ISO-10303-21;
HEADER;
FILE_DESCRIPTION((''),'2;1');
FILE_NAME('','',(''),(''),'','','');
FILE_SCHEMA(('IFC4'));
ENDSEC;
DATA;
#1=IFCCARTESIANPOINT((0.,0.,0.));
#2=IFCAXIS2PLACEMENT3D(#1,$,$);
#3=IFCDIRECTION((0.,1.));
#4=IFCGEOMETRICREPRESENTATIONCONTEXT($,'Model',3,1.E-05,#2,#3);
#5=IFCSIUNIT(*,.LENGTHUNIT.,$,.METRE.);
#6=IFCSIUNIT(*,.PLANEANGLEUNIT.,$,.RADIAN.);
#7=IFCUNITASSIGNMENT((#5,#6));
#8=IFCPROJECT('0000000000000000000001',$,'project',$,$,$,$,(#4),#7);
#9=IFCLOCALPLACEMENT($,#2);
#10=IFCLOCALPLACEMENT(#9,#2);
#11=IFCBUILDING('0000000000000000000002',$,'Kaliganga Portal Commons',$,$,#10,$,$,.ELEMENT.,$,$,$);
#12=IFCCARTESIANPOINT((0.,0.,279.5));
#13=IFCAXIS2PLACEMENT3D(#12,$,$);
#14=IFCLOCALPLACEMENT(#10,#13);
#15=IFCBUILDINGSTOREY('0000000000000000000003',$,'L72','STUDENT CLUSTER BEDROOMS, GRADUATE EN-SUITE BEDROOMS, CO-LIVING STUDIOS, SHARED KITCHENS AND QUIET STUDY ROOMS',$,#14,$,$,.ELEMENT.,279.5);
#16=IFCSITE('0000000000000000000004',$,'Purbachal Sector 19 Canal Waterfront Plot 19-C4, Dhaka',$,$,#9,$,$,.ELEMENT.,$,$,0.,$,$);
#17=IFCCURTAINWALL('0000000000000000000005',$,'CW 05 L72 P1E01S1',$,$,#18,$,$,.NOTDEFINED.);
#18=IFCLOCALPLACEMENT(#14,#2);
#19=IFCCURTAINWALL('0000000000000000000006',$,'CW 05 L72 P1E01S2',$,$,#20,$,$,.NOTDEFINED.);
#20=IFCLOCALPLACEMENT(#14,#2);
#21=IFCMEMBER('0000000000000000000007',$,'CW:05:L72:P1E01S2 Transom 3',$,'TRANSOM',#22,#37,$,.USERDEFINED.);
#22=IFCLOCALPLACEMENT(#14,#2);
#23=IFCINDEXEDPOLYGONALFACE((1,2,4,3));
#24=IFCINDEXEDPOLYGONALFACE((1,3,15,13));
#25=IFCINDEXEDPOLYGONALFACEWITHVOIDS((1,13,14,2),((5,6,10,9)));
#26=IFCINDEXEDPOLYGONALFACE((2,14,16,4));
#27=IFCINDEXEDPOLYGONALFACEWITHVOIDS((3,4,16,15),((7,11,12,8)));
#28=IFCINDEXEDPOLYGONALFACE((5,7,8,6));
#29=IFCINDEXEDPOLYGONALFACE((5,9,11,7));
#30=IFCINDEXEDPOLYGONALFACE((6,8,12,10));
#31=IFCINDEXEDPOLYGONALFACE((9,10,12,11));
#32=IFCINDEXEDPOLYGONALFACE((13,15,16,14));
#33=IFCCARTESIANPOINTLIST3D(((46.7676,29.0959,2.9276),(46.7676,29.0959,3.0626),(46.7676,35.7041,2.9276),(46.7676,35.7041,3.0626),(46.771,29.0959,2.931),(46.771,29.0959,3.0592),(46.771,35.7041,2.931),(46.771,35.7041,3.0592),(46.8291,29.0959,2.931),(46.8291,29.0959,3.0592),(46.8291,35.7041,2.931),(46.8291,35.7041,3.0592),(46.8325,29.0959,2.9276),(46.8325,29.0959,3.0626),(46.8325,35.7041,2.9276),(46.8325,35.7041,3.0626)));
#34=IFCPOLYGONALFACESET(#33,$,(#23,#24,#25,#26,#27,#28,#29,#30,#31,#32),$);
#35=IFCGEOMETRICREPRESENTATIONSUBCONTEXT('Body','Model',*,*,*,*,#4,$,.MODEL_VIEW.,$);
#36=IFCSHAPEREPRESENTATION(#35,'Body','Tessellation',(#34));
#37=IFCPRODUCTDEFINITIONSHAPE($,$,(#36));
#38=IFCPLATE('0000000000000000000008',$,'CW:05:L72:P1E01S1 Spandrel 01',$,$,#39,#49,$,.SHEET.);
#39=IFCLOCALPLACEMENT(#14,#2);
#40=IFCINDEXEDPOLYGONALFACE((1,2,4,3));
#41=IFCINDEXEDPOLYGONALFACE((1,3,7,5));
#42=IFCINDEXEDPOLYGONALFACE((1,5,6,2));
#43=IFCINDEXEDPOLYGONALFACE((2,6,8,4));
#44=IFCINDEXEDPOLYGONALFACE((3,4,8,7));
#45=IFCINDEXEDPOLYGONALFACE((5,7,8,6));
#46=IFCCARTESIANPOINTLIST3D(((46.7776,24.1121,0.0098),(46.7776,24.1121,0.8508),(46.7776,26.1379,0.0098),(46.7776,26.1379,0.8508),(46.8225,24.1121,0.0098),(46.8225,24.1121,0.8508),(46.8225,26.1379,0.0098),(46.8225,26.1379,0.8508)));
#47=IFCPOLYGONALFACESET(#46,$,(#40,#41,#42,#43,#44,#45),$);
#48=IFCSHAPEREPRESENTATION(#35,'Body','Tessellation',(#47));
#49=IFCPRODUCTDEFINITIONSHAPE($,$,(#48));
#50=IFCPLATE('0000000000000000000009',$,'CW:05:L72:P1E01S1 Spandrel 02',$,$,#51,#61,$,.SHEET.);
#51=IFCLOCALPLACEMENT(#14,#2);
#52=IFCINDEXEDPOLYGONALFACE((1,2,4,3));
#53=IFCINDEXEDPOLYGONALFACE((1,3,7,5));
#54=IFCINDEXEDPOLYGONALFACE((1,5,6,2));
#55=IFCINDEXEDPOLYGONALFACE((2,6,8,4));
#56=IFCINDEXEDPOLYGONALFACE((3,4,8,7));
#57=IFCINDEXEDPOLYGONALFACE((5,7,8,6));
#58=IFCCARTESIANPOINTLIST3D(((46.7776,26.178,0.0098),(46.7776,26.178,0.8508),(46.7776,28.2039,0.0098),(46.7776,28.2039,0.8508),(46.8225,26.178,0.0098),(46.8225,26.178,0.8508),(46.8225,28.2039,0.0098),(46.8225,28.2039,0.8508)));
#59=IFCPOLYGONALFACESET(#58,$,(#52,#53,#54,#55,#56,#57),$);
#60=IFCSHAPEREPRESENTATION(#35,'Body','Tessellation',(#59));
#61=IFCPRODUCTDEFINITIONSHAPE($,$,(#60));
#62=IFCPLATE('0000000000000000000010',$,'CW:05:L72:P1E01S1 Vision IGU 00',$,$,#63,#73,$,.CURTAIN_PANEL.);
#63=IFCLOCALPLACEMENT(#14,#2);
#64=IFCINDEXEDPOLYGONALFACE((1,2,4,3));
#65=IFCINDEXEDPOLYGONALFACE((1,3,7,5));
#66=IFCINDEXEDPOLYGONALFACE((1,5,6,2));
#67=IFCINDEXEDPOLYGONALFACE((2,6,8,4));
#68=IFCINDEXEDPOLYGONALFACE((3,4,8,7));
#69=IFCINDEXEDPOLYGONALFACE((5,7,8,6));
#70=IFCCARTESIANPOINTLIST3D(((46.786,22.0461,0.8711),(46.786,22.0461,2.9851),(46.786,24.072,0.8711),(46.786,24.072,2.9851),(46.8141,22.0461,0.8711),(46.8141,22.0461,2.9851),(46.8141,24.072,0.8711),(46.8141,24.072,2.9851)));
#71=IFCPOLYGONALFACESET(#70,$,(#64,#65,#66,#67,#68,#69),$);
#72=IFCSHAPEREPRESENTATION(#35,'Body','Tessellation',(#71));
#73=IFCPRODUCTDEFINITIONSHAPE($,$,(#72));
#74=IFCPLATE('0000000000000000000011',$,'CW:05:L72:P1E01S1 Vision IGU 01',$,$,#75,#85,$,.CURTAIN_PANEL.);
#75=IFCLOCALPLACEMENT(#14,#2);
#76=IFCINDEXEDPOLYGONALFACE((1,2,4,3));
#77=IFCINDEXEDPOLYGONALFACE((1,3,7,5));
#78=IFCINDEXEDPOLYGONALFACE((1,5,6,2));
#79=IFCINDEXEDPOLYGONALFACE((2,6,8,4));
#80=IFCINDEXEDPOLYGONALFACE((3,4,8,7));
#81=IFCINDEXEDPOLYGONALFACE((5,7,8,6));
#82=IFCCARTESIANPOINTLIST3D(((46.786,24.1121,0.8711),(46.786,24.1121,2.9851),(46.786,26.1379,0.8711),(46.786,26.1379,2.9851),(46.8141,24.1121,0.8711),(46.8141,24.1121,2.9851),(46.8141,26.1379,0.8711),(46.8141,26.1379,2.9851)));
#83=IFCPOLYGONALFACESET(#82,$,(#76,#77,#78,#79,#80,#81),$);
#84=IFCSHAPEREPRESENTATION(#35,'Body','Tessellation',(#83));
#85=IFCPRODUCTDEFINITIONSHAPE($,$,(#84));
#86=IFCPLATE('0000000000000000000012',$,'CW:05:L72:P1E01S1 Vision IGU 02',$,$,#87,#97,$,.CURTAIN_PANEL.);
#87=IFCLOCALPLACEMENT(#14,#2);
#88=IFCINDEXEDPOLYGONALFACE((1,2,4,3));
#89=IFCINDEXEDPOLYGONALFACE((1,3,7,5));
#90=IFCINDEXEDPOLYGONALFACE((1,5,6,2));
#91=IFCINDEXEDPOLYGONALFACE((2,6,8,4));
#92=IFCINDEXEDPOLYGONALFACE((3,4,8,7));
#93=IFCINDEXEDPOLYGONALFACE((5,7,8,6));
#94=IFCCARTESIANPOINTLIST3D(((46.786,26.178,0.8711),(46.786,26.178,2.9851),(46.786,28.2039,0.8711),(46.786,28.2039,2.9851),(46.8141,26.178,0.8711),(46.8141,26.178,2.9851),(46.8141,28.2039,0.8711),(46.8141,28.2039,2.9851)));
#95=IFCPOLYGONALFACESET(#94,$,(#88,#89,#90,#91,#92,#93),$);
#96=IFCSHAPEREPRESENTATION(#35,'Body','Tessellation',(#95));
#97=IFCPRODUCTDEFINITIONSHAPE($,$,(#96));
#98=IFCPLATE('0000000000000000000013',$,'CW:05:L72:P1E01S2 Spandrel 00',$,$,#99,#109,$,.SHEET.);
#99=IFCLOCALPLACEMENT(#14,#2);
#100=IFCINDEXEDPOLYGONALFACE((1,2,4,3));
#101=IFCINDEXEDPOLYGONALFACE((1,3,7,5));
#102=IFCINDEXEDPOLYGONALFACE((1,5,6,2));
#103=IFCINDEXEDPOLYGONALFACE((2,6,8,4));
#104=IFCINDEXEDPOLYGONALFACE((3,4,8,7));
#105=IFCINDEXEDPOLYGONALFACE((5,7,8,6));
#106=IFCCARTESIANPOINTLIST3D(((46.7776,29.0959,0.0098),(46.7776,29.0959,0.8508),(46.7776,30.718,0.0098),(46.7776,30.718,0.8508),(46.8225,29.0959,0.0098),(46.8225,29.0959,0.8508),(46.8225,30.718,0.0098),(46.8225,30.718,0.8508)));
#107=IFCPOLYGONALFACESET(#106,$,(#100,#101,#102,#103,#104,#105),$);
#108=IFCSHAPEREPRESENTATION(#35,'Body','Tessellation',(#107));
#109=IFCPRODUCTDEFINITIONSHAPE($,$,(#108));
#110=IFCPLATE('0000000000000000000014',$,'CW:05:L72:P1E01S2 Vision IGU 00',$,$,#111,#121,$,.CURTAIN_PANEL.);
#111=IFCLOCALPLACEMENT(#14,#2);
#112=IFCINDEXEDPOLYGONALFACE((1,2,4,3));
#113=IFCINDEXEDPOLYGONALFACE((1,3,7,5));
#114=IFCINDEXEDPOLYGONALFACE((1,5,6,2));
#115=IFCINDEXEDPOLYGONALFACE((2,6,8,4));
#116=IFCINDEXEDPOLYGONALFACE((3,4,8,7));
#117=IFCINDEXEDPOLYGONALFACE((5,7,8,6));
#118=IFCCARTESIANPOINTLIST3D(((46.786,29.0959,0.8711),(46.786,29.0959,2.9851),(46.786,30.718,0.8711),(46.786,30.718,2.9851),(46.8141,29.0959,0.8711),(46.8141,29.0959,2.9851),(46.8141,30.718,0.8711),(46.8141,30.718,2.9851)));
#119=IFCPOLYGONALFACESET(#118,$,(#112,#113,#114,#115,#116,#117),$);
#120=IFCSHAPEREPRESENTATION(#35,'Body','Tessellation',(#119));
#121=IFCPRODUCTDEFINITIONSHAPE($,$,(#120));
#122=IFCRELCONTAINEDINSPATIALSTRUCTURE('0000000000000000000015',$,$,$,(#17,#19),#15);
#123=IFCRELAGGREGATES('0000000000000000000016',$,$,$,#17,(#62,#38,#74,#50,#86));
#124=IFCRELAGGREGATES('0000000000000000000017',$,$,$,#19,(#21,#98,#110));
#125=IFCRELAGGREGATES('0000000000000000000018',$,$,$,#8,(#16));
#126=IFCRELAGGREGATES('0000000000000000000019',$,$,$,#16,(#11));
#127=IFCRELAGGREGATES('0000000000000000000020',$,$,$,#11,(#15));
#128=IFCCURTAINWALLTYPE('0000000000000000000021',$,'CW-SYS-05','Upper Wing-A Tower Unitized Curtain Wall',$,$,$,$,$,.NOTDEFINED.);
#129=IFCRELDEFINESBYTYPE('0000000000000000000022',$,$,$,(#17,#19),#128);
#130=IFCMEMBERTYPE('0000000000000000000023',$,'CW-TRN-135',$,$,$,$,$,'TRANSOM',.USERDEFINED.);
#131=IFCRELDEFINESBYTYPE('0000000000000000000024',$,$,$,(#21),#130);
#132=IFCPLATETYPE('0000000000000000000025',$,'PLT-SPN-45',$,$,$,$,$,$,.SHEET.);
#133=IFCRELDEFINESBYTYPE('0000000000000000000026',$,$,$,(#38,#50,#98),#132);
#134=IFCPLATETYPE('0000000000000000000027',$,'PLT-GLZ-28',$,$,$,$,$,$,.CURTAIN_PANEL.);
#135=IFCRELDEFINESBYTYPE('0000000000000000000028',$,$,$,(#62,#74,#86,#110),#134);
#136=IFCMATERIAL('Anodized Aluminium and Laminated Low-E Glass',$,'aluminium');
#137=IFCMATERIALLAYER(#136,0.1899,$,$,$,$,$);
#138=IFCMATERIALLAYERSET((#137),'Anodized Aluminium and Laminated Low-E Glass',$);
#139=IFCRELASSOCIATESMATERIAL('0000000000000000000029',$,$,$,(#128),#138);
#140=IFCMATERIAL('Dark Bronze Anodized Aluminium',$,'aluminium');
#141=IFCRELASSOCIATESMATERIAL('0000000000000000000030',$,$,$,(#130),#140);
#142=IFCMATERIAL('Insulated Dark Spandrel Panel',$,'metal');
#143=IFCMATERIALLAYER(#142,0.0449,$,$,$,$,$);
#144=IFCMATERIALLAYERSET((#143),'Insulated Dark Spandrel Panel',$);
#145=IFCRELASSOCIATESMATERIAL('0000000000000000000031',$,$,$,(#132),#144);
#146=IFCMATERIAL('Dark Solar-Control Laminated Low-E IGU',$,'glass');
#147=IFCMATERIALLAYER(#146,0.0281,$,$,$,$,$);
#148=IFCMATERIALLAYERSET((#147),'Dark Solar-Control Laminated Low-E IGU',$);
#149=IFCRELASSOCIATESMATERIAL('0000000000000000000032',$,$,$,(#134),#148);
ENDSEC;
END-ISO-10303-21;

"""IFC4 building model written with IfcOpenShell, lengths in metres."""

from ifc_helpers import new_model, si_unit, direction, frame, origin, origin_2d, place, context, subcontext, project, spatial, rectangle, hollow_rectangle, extrude, source, transform, mapped, material, layer, layer_set, material_profile, profile_set, type_object, element, aggregate, save


model = new_model("IFC4")

# Units and contexts
model_context = context("Model", 3, precision=1e-05, world=origin(), true_north=direction((0.0, 1.0)))
body_context = subcontext(model_context, "Body", "Model", "MODEL_VIEW")
ifc_project = project(units=[si_unit("LENGTHUNIT", "METRE"), si_unit("PLANEANGLEUNIT", "RADIAN")], contexts=[model_context])

# Site, building, storey
site_placement = place(None, origin())
site = spatial("IfcSite", under=ifc_project, at=site_placement, Name="Purbachal Sector 19 Canal Waterfront Plot 19-C4, Dhaka", CompositionType="ELEMENT", RefElevation=0.0)
building_placement = place(site_placement, origin())
building = spatial("IfcBuilding", under=site, at=building_placement, Name="Kaliganga Portal Commons", CompositionType="ELEMENT")
storey_placement = place(building_placement, frame((0.0, 0.0, 279.5)))
storey = spatial("IfcBuildingStorey", under=building, at=storey_placement, Name="L72", Description="STUDENT CLUSTER BEDROOMS, GRADUATE EN-SUITE BEDROOMS, CO-LIVING STUDIOS, SHARED KITCHENS AND QUIET STUDY ROOMS", CompositionType="ELEMENT", Elevation=279.5)

# Curtain walls, member
ifc_material_1 = material(Name="Anodized Aluminium and Laminated Low-E Glass", Category="aluminium")
ifc_layer_1 = layer(ifc_material_1, 0.1899)
ifc_layer_set_1 = layer_set([ifc_layer_1], Name="Anodized Aluminium and Laminated Low-E Glass")
curtain_wall_type = type_object("IfcCurtainWallType", Name="CW-SYS-05", Description="Upper Wing-A Tower Unitized Curtain Wall", PredefinedType="NOTDEFINED", material=ifc_layer_set_1)
curtain_wall_1_placement = place(storey_placement, origin())
curtain_wall_1 = element("IfcCurtainWall", 1, at=curtain_wall_1_placement, inside=storey, type_object=curtain_wall_type, Name="CW 05 L72 P1E01S1", PredefinedType="NOTDEFINED")
ifc_material_2 = material(Name="Dark Bronze Anodized Aluminium", Category="aluminium")
curtain_wall_2_placement = place(storey_placement, origin())
curtain_wall_2 = element("IfcCurtainWall", 2, at=curtain_wall_2_placement, inside=storey, type_object=curtain_wall_type, Name="CW 05 L72 P1E01S2", PredefinedType="NOTDEFINED")
ifc_material_profile_1 = material_profile(ifc_material_2, hollow_rectangle(XDim=0.0649, YDim=0.135, WallThickness=0.0034, at=origin_2d()), Name="ALU TRAN 65x135x3.5")
ifc_profile_set_1 = profile_set([ifc_material_profile_1], Name="Dark Bronze Anodized Aluminium")
member_type_1 = type_object("IfcMemberType", Name="CW-TRN-135", ElementType="TRANSOM", PredefinedType="USERDEFINED", material=ifc_profile_set_1)
shared_shape_1 = source(origin(), body_context, "Body", "SweptSolid", [
    extrude(hollow_rectangle(XDim=0.0649, YDim=0.135, WallThickness=0.0034, at=origin_2d()), origin(), (0.0, 0.0, 1.0), 6.6082),
])
member_1_placement = place(storey_placement, frame((46.8, 29.0959, 2.9951), z_axis=(0.0, 1.0, 0.0), x_axis=(-1.0, 0.0, 0.0)))
member_1 = element("IfcMember", 3, at=member_1_placement, type_object=member_type_1, Name="CW:05:L72:P1E01S2 Transom 3", ObjectType="TRANSOM", PredefinedType="USERDEFINED", context=body_context, shape_type="MappedRepresentation", body=[
    mapped(shared_shape_1, transform((0.0, 0.0, 0.0), x_axis=(1.0, 0.0, 0.0), y_axis=(0.0, 1.0, 0.0), z_axis=(0.0, 0.0, 1.0), scale=1.0)),
])

# Plates
ifc_material_3 = material(Name="Insulated Dark Spandrel Panel", Category="metal")
ifc_layer_2 = layer(ifc_material_3, 0.0449)
ifc_layer_set_2 = layer_set([ifc_layer_2], Name="Insulated Dark Spandrel Panel")
plate_type_1 = type_object("IfcPlateType", Name="PLT-SPN-45", PredefinedType="SHEET", material=ifc_layer_set_2)
shared_shape_2 = source(origin(), body_context, "Body", "SweptSolid", [
    extrude(rectangle(XDim=2.0259, YDim=0.0449, at=origin_2d()), origin(), (0.0, 0.0, 1.0), 0.8411),
])
plate_1_placement = place(storey_placement, frame((46.8, 25.125, 0.0098), z_axis=(0.0, 0.0, 1.0), x_axis=(0.0, 1.0, 0.0)))
plate_1 = element("IfcPlate", 4, at=plate_1_placement, type_object=plate_type_1, Name="CW:05:L72:P1E01S1 Spandrel 01", PredefinedType="SHEET", context=body_context, shape_type="MappedRepresentation", body=[
    mapped(shared_shape_2, transform((0.0, 0.0, 0.0), x_axis=(1.0, 0.0, 0.0), y_axis=(0.0, 1.0, 0.0), z_axis=(0.0, 0.0, 1.0), scale=1.0)),
])
plate_2_placement = place(storey_placement, frame((46.8, 27.1909, 0.0098), z_axis=(0.0, 0.0, 1.0), x_axis=(0.0, 1.0, 0.0)))
plate_2 = element("IfcPlate", 5, at=plate_2_placement, type_object=plate_type_1, Name="CW:05:L72:P1E01S1 Spandrel 02", PredefinedType="SHEET", context=body_context, shape_type="MappedRepresentation", body=[
    mapped(shared_shape_2, transform((0.0, 0.0, 0.0), x_axis=(1.0, 0.0, 0.0), y_axis=(0.0, 1.0, 0.0), z_axis=(0.0, 0.0, 1.0), scale=1.0)),
])
ifc_material_4 = material(Name="Dark Solar-Control Laminated Low-E IGU", Category="glass")
ifc_layer_3 = layer(ifc_material_4, 0.0281)
ifc_layer_set_3 = layer_set([ifc_layer_3], Name="Dark Solar-Control Laminated Low-E IGU")
plate_type_2 = type_object("IfcPlateType", Name="PLT-GLZ-28", PredefinedType="CURTAIN_PANEL", material=ifc_layer_set_3)
shared_shape_3 = source(origin(), body_context, "Body", "SweptSolid", [
    extrude(rectangle(XDim=2.0259, YDim=0.0281, at=origin_2d()), origin(), (0.0, 0.0, 1.0), 2.114),
])
plate_3_placement = place(storey_placement, frame((46.8, 23.0591, 0.8711), z_axis=(0.0, 0.0, 1.0), x_axis=(0.0, 1.0, 0.0)))
plate_3 = element("IfcPlate", 6, at=plate_3_placement, type_object=plate_type_2, Name="CW:05:L72:P1E01S1 Vision IGU 00", PredefinedType="CURTAIN_PANEL", context=body_context, shape_type="MappedRepresentation", body=[
    mapped(shared_shape_3, transform((0.0, 0.0, 0.0), x_axis=(1.0, 0.0, 0.0), y_axis=(0.0, 1.0, 0.0), z_axis=(0.0, 0.0, 1.0), scale=1.0)),
])
plate_4_placement = place(storey_placement, frame((46.8, 25.125, 0.8711), z_axis=(0.0, 0.0, 1.0), x_axis=(0.0, 1.0, 0.0)))
plate_4 = element("IfcPlate", 7, at=plate_4_placement, type_object=plate_type_2, Name="CW:05:L72:P1E01S1 Vision IGU 01", PredefinedType="CURTAIN_PANEL", context=body_context, shape_type="MappedRepresentation", body=[
    mapped(shared_shape_3, transform((0.0, 0.0, 0.0), x_axis=(1.0, 0.0, 0.0), y_axis=(0.0, 1.0, 0.0), z_axis=(0.0, 0.0, 1.0), scale=1.0)),
])
plate_5_placement = place(storey_placement, frame((46.8, 27.1909, 0.8711), z_axis=(0.0, 0.0, 1.0), x_axis=(0.0, 1.0, 0.0)))
plate_5 = element("IfcPlate", 8, at=plate_5_placement, type_object=plate_type_2, Name="CW:05:L72:P1E01S1 Vision IGU 02", PredefinedType="CURTAIN_PANEL", context=body_context, shape_type="MappedRepresentation", body=[
    mapped(shared_shape_3, transform((0.0, 0.0, 0.0), x_axis=(1.0, 0.0, 0.0), y_axis=(0.0, 1.0, 0.0), z_axis=(0.0, 0.0, 1.0), scale=1.0)),
])
aggregate(curtain_wall_1, [plate_3, plate_1, plate_4, plate_2, plate_5])
shared_shape_4 = source(origin(), body_context, "Body", "SweptSolid", [
    extrude(rectangle(XDim=1.6221, YDim=0.0449, at=origin_2d()), origin(), (0.0, 0.0, 1.0), 0.8411),
])
plate_6_placement = place(storey_placement, frame((46.8, 29.907, 0.0098), z_axis=(0.0, 0.0, 1.0), x_axis=(0.0, 1.0, 0.0)))
plate_6 = element("IfcPlate", 9, at=plate_6_placement, type_object=plate_type_1, Name="CW:05:L72:P1E01S2 Spandrel 00", PredefinedType="SHEET", context=body_context, shape_type="MappedRepresentation", body=[
    mapped(shared_shape_4, transform((0.0, 0.0, 0.0), x_axis=(1.0, 0.0, 0.0), y_axis=(0.0, 1.0, 0.0), z_axis=(0.0, 0.0, 1.0), scale=1.0)),
])
shared_shape_5 = source(origin(), body_context, "Body", "SweptSolid", [
    extrude(rectangle(XDim=1.6221, YDim=0.0281, at=origin_2d()), origin(), (0.0, 0.0, 1.0), 2.114),
])
plate_7_placement = place(storey_placement, frame((46.8, 29.907, 0.8711), z_axis=(0.0, 0.0, 1.0), x_axis=(0.0, 1.0, 0.0)))
plate_7 = element("IfcPlate", 10, at=plate_7_placement, type_object=plate_type_2, Name="CW:05:L72:P1E01S2 Vision IGU 00", PredefinedType="CURTAIN_PANEL", context=body_context, shape_type="MappedRepresentation", body=[
    mapped(shared_shape_5, transform((0.0, 0.0, 0.0), x_axis=(1.0, 0.0, 0.0), y_axis=(0.0, 1.0, 0.0), z_axis=(0.0, 0.0, 1.0), scale=1.0)),
])
aggregate(curtain_wall_2, [member_1, plate_6, plate_7])

save(model, "model.ifc")
